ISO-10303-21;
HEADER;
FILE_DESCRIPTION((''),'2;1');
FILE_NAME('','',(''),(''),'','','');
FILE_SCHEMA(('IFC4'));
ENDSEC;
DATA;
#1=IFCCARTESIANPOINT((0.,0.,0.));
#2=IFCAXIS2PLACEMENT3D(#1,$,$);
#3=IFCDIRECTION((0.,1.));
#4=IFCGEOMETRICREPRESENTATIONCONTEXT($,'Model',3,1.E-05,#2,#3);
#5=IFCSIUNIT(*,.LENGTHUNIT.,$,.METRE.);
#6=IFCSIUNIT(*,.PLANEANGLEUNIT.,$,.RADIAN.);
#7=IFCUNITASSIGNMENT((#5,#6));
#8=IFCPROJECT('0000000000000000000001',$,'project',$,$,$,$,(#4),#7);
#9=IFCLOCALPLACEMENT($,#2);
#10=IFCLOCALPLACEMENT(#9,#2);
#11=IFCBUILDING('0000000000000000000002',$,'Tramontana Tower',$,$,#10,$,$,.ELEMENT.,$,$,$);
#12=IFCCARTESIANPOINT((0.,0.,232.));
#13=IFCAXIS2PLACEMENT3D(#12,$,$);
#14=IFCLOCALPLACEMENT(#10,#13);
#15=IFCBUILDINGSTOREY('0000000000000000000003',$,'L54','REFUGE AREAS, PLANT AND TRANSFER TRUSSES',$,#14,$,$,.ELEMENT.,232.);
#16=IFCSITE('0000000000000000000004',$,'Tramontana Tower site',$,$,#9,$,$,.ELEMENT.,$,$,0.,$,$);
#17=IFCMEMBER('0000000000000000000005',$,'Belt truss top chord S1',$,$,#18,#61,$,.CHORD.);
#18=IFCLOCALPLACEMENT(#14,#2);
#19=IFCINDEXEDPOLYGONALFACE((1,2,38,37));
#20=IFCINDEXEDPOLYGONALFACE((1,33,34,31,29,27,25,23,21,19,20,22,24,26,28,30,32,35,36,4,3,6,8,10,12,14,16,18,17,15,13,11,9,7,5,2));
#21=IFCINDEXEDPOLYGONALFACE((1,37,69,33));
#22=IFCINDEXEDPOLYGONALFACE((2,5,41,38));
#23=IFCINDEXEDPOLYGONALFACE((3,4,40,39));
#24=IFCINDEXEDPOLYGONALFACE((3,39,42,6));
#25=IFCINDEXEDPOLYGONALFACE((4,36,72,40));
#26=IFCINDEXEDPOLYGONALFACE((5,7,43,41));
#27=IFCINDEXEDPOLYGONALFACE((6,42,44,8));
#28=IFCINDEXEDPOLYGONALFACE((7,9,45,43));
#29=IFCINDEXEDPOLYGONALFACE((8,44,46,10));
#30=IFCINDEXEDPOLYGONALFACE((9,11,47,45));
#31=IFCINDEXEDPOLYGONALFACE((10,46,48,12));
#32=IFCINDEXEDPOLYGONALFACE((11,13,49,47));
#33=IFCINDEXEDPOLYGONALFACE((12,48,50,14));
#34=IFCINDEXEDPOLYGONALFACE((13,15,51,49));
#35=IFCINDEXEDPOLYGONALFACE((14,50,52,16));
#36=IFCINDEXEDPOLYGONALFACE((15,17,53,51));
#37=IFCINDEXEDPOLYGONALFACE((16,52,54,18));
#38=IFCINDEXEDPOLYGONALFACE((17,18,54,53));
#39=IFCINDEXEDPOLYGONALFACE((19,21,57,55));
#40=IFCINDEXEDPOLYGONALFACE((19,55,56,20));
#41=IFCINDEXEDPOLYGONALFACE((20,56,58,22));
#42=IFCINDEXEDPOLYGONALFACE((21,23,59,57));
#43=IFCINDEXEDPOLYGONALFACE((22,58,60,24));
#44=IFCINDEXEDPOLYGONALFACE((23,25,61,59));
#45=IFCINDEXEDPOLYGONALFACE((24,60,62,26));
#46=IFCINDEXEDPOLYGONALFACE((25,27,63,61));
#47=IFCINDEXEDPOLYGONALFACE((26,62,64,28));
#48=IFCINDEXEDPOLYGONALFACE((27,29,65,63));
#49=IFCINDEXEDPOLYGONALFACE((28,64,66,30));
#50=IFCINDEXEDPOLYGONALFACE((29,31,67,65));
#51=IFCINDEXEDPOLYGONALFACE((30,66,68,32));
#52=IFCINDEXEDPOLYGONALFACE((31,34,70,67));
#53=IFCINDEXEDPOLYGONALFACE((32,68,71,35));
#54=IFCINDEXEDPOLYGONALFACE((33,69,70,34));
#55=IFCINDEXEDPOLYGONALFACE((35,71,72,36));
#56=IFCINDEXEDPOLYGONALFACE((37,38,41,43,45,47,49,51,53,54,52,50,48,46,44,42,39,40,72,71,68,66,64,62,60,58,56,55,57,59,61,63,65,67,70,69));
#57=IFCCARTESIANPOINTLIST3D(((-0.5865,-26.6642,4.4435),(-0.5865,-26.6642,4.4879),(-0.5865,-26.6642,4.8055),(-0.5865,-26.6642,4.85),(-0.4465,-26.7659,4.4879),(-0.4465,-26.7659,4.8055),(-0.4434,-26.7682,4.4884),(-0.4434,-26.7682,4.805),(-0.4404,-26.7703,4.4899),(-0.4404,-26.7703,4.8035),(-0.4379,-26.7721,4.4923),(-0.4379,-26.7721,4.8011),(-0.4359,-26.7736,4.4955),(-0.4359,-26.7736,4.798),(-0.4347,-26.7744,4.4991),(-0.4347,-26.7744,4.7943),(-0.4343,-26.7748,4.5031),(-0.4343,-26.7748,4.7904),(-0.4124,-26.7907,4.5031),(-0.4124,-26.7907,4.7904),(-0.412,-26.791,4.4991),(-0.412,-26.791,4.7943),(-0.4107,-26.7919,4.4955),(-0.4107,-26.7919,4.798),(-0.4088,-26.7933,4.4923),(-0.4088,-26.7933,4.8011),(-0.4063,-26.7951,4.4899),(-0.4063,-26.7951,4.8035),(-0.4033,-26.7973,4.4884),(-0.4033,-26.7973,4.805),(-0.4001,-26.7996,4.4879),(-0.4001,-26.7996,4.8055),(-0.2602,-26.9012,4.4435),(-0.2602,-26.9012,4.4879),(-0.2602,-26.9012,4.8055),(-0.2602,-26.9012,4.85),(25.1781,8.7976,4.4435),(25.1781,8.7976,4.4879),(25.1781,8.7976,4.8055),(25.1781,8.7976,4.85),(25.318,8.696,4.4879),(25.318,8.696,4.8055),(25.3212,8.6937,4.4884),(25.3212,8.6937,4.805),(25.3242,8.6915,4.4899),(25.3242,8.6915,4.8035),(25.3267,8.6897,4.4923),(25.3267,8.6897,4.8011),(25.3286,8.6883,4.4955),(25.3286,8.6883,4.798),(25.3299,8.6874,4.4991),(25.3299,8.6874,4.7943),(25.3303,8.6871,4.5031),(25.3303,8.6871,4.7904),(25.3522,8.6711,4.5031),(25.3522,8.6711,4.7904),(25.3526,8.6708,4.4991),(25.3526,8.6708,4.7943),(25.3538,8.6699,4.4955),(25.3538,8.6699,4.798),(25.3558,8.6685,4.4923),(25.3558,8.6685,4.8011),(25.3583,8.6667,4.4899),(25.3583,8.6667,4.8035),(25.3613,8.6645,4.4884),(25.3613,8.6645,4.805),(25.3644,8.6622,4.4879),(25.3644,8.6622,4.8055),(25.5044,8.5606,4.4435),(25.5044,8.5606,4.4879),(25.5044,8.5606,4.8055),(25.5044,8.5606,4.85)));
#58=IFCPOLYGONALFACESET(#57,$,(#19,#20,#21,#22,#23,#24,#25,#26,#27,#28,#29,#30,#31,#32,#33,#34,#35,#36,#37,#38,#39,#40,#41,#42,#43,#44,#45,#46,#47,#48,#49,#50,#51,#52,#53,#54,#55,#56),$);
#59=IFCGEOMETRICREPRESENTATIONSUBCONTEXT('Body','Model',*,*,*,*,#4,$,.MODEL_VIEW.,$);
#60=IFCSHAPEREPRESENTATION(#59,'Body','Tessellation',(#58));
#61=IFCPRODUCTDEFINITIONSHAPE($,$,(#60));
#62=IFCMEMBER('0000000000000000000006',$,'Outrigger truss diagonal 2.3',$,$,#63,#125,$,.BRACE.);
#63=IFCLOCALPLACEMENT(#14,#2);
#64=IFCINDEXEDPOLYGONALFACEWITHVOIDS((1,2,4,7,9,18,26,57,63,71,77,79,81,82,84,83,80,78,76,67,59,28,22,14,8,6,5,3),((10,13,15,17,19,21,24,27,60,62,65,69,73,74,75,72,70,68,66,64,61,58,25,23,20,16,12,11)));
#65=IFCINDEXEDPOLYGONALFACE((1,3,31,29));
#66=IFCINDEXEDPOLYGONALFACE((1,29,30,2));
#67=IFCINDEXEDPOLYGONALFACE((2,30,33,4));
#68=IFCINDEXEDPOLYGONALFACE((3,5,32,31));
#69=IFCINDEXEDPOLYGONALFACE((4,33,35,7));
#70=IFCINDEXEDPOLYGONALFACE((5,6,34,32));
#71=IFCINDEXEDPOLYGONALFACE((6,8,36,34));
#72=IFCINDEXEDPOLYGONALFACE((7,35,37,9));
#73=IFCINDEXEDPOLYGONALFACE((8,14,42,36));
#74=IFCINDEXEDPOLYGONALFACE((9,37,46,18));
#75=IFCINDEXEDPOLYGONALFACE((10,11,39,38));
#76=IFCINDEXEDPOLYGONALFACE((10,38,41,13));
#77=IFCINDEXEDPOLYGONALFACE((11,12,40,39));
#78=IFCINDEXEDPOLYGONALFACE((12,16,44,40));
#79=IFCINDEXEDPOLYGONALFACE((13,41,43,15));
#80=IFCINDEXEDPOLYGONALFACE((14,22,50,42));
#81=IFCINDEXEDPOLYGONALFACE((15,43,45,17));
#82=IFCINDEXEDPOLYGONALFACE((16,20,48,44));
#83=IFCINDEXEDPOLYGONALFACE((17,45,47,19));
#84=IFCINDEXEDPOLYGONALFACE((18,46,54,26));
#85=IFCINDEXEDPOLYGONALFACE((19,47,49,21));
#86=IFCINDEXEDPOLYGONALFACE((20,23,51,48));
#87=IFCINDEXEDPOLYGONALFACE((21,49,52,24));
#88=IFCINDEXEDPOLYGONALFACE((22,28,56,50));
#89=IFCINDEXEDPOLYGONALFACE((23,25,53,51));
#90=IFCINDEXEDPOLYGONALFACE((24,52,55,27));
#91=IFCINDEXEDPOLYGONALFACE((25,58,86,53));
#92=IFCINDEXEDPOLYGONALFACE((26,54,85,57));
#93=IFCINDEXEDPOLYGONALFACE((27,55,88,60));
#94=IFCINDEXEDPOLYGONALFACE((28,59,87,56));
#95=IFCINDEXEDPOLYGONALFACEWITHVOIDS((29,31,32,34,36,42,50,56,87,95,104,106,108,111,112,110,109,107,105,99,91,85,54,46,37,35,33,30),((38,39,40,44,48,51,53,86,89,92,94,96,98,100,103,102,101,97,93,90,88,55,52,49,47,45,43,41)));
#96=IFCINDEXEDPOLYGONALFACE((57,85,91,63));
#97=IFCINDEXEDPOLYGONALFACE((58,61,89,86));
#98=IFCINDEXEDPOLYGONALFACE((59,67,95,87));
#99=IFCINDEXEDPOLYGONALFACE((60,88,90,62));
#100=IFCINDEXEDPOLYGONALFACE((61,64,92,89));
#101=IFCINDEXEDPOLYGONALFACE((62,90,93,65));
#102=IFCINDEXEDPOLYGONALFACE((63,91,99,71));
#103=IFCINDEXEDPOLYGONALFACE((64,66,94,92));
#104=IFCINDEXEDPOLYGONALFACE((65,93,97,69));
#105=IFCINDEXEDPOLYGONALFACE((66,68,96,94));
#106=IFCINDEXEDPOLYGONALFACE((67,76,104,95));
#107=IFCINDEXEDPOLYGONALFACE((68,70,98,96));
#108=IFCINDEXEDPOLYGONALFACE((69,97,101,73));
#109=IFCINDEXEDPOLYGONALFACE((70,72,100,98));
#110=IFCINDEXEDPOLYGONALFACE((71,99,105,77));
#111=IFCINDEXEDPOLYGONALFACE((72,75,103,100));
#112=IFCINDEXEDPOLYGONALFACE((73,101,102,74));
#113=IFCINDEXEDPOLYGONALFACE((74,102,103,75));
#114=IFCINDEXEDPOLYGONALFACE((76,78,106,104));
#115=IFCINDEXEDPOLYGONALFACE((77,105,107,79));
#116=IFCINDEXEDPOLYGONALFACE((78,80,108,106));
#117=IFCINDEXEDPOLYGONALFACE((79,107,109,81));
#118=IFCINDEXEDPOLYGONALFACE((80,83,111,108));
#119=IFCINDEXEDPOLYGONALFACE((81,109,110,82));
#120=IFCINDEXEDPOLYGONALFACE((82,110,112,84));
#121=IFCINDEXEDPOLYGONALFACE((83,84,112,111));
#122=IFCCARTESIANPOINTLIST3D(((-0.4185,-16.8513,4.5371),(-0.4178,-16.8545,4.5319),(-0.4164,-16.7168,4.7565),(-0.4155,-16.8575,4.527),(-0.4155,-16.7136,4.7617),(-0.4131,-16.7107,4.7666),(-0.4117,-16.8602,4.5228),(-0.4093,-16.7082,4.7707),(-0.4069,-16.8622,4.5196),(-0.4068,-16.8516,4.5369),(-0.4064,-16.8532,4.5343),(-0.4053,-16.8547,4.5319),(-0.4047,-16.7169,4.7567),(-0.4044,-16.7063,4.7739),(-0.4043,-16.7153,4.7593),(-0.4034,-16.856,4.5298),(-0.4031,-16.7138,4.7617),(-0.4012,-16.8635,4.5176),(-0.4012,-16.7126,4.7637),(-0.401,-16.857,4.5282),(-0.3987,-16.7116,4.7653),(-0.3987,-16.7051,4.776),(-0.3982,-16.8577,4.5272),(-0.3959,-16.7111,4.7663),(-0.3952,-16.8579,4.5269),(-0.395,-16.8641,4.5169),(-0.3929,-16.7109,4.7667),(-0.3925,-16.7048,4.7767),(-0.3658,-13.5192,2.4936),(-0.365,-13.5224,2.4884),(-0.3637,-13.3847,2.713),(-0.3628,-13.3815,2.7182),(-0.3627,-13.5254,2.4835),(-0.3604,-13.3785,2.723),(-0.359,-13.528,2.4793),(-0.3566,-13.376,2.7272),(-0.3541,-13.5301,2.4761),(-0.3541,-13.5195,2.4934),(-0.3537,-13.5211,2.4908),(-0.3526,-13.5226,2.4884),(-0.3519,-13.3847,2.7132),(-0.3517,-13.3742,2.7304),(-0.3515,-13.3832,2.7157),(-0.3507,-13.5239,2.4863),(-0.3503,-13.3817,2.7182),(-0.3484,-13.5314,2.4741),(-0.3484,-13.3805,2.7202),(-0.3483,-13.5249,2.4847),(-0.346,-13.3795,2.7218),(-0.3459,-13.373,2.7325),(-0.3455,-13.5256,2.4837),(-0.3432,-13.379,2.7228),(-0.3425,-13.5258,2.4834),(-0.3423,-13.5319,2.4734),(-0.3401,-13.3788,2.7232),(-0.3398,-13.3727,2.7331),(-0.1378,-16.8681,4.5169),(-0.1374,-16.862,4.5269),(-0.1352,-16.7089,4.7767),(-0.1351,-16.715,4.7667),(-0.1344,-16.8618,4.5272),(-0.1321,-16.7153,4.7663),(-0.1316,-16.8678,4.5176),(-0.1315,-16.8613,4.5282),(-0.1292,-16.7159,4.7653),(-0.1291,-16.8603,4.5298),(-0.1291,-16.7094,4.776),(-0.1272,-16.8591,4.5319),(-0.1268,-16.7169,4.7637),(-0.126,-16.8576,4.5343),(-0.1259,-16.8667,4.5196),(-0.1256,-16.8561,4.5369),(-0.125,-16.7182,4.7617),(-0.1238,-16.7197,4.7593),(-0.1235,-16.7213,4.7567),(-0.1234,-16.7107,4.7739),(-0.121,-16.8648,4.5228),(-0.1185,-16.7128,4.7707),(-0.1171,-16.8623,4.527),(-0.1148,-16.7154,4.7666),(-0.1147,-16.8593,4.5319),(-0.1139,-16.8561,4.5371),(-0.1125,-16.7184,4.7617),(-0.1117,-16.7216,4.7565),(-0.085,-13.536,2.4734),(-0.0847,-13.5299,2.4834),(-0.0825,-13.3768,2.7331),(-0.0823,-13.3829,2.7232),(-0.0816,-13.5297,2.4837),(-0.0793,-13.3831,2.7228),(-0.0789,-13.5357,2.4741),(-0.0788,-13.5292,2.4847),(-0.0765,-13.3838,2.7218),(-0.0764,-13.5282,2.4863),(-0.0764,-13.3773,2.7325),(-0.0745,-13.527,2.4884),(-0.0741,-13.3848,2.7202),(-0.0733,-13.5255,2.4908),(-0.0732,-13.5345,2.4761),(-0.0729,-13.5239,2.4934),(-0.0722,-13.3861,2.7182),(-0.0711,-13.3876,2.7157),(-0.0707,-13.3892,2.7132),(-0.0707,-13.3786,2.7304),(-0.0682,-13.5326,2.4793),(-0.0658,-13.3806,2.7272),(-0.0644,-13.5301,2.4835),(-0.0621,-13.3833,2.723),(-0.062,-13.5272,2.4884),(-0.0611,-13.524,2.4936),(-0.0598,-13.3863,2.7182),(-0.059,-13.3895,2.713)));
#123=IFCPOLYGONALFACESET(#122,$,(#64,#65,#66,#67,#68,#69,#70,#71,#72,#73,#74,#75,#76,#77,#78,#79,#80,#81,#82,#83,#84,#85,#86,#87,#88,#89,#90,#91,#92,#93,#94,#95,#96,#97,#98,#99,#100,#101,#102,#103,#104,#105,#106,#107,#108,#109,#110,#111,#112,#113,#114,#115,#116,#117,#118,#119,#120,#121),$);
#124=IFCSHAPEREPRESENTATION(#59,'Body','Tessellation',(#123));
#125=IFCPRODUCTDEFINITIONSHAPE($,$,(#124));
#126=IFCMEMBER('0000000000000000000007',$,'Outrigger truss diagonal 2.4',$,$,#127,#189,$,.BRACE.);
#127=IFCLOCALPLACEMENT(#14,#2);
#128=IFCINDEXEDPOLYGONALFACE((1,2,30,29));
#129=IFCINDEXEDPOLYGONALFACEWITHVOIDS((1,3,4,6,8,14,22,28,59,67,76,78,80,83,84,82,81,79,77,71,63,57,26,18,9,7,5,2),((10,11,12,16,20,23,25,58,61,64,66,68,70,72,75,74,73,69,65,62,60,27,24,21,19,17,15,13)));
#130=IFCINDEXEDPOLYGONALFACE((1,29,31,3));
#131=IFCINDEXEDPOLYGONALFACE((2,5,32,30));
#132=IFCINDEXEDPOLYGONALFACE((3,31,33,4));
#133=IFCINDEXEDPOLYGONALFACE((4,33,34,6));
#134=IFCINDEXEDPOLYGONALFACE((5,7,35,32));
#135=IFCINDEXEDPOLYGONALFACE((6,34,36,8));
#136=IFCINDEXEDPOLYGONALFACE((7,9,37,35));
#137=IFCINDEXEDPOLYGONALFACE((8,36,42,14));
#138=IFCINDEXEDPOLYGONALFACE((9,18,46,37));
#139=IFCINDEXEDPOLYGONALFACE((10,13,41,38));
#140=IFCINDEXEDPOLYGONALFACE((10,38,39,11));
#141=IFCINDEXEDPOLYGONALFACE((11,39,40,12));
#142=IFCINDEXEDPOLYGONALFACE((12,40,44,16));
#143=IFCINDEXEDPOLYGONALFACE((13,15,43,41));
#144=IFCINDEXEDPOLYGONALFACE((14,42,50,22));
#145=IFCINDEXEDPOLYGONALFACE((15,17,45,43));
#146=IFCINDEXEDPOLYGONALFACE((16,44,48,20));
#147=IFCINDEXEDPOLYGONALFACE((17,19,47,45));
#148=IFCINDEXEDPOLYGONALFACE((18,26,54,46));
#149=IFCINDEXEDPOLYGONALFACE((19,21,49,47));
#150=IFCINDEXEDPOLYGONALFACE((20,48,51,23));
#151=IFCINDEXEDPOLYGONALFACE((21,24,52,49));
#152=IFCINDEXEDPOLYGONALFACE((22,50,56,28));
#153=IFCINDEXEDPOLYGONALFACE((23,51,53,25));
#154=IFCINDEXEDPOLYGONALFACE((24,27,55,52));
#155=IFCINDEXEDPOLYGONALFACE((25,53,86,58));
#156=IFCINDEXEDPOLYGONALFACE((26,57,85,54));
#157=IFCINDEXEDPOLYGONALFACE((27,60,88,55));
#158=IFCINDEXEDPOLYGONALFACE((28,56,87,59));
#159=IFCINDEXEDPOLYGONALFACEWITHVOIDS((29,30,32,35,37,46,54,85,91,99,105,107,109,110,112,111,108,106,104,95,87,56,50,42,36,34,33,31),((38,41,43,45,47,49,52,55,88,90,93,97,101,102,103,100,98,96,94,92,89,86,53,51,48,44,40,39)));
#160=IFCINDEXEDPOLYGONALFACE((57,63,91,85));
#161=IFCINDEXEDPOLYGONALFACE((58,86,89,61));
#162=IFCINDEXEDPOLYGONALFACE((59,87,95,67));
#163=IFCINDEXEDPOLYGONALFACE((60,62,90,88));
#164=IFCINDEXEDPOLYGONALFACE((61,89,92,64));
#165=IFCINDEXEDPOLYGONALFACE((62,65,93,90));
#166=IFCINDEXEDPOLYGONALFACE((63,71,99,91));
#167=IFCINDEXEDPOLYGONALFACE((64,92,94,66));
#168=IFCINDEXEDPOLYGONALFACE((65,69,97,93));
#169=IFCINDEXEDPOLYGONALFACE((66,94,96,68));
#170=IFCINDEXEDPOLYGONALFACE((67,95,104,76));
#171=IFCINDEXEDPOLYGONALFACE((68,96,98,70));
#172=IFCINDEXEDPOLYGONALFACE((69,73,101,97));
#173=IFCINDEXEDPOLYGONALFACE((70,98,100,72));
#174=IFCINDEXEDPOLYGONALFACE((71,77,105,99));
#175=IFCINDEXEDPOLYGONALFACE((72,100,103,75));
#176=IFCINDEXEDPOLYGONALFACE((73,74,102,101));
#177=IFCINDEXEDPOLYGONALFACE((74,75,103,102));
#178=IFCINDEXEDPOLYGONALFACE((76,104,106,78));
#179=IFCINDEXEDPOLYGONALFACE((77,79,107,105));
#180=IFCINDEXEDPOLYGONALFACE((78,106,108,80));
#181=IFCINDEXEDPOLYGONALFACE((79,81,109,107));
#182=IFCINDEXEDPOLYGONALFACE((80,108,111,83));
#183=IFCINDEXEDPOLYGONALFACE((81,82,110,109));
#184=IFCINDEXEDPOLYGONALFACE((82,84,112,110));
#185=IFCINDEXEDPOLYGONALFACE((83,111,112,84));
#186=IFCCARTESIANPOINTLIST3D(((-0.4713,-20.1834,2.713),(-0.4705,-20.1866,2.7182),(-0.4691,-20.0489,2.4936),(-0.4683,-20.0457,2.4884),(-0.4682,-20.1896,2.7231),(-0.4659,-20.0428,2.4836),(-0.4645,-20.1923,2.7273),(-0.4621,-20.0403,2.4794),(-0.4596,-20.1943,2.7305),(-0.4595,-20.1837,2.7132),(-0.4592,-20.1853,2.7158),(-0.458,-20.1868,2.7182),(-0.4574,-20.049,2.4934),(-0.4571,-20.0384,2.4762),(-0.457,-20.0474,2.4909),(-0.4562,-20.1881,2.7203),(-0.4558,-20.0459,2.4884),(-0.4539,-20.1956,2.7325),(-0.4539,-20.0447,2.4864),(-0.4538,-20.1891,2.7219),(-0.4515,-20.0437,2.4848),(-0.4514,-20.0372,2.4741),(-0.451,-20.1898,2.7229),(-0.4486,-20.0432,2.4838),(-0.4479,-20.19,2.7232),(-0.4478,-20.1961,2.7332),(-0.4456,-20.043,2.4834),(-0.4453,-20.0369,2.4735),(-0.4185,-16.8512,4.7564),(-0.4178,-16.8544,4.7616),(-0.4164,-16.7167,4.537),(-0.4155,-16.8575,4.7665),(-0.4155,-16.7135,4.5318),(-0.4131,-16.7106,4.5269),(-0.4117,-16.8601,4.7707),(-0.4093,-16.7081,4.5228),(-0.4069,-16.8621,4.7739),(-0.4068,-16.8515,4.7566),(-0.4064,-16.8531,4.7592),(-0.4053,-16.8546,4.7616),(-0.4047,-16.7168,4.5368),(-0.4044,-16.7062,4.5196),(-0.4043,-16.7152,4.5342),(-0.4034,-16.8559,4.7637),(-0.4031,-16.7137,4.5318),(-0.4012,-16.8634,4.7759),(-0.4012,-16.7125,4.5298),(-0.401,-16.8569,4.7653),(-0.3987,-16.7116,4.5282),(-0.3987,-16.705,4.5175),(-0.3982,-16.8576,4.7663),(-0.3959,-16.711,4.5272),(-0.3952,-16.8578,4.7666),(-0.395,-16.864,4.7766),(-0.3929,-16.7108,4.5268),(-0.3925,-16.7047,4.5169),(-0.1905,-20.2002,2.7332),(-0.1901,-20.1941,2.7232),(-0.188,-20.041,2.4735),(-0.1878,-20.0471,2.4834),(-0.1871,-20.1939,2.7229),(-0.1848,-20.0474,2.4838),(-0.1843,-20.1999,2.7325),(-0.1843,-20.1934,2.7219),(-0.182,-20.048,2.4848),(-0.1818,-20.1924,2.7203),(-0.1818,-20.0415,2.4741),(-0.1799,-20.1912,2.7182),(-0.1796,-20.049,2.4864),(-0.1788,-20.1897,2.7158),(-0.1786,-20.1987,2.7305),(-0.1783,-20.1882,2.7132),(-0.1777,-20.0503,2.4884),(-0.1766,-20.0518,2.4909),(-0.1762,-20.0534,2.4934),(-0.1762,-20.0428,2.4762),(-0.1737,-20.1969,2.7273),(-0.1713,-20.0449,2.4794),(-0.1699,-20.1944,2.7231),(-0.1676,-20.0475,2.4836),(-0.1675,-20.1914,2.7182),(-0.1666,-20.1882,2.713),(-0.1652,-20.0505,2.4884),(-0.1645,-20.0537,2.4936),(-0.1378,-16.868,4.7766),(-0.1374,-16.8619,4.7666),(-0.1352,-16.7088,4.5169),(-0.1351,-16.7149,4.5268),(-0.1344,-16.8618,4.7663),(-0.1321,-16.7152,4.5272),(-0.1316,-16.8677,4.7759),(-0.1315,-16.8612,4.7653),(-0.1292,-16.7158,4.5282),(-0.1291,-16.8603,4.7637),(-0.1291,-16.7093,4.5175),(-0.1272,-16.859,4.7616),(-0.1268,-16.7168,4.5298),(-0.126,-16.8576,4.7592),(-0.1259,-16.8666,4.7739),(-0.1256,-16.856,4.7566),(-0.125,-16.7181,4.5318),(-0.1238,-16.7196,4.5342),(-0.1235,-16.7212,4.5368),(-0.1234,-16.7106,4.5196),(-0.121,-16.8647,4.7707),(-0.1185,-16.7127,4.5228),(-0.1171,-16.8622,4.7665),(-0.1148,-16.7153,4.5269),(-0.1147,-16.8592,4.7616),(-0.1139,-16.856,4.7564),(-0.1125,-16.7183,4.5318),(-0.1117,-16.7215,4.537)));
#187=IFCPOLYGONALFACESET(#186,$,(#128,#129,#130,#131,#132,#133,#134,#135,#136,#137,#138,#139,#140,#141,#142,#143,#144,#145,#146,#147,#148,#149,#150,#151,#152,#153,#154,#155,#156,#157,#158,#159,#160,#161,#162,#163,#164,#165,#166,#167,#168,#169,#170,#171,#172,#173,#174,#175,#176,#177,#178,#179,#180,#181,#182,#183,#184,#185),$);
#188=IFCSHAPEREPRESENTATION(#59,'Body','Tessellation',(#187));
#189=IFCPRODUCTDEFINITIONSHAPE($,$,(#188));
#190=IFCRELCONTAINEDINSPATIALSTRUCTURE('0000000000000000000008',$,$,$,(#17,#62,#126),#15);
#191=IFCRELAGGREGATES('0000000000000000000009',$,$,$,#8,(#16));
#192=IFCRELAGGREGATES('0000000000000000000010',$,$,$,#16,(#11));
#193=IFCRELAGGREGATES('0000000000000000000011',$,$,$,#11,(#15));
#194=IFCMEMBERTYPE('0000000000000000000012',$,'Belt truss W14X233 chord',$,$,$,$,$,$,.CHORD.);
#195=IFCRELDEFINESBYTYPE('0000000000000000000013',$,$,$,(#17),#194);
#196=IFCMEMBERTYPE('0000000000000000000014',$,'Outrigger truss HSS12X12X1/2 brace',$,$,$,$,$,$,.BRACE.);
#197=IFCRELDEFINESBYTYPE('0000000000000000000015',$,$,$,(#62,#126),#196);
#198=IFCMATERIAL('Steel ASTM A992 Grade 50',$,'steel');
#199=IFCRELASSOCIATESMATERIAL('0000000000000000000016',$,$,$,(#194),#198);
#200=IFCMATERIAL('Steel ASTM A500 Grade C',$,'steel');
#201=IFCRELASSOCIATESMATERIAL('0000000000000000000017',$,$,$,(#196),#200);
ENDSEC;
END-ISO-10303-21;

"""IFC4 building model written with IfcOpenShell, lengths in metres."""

from ifc_helpers import new_model, si_unit, direction, frame, origin, origin_2d, place, context, subcontext, project, spatial, hollow_rectangle, i_section, extrude, material, material_profile, profile_set, type_object, element, save


model = new_model("IFC4")

# Units and contexts
model_context = context("Model", 3, precision=1e-05, world=origin(), true_north=direction((0.0, 1.0)))
body_context = subcontext(model_context, "Body", "Model", "MODEL_VIEW")
ifc_project = project(units=[si_unit("LENGTHUNIT", "METRE"), si_unit("PLANEANGLEUNIT", "RADIAN")], contexts=[model_context])

# Site, building, storey
site_placement = place(None, origin())
site = spatial("IfcSite", under=ifc_project, at=site_placement, Name="Tramontana Tower site", CompositionType="ELEMENT", RefElevation=0.0)
building_placement = place(site_placement, origin())
building = spatial("IfcBuilding", under=site, at=building_placement, Name="Tramontana Tower", CompositionType="ELEMENT")
storey_placement = place(building_placement, frame((0.0, 0.0, 232.0)))
storey = spatial("IfcBuildingStorey", under=building, at=storey_placement, Name="L54", Description="REFUGE AREAS, PLANT AND TRANSFER TRUSSES", CompositionType="ELEMENT", Elevation=232.0)

# Members
ifc_material_1 = material(Name="Steel ASTM A992 Grade 50", Category="steel")
ifc_material_profile_1 = material_profile(ifc_material_1, i_section(OverallWidth=0.4033, OverallDepth=0.4065, WebThickness=0.0271, FlangeThickness=0.0444, FilletRadius=0.0151, at=origin_2d()), Name="W14X233")
ifc_profile_set_1 = profile_set([ifc_material_profile_1], Name="Steel ASTM A992 Grade 50")
member_type_1 = type_object("IfcMemberType", Name="Belt truss W14X233 chord", PredefinedType="CHORD", material=ifc_profile_set_1)
for number, where, z_axis, x_axis, name in (
    (1, (-0.4233, -26.7827, 4.6467), (0.587786, 0.809016, 0.0), (-0.809016, 0.587786, 0.0), "Belt truss top chord S1"),
):
    element("IfcMember", number, at=place(storey_placement, frame(where, z_axis=z_axis, x_axis=x_axis)), inside=storey, type_object=member_type_1, Name=name, PredefinedType="CHORD", context=body_context, shape_type="SweptSolid", body=[
        extrude(i_section(OverallWidth=0.4033, OverallDepth=0.4065, WebThickness=0.0271, FlangeThickness=0.0444, FilletRadius=0.0151, at=origin_2d()), origin(), (0.0, 0.0, 1.0), 43.8333),
    ])
ifc_material_2 = material(Name="Steel ASTM A500 Grade C", Category="steel")
ifc_material_profile_2 = material_profile(ifc_material_2, hollow_rectangle(XDim=0.3047, YDim=0.3047, WallThickness=0.0117, InnerFilletRadius=0.0117, OuterFilletRadius=0.0237, at=origin_2d()), Name="HSS12X12X1/2")
ifc_profile_set_2 = profile_set([ifc_material_profile_2], Name="Steel ASTM A500 Grade C")
member_type_2 = type_object("IfcMemberType", Name="Outrigger truss HSS12X12X1/2 brace", PredefinedType="BRACE", material=ifc_profile_set_2)
for number, where, z_axis, x_axis, name in (
    (2, (-0.2124, -13.4543, 2.6033), (-0.01349, -0.852382, 0.522746), (0.999875, -0.015825, 0.0), "Outrigger truss diagonal 2.3"),
    (3, (-0.2651, -16.7864, 4.6467), (-0.013489, -0.852399, -0.522718), (0.999875, -0.015823, 0.0), "Outrigger truss diagonal 2.4"),
):
    element("IfcMember", number, at=place(storey_placement, frame(where, z_axis=z_axis, x_axis=x_axis)), inside=storey, type_object=member_type_2, Name=name, PredefinedType="BRACE", context=body_context, shape_type="SweptSolid", body=[
        extrude(hollow_rectangle(XDim=0.3047, YDim=0.3047, WallThickness=0.0117, InnerFilletRadius=0.0117, OuterFilletRadius=0.0237, at=origin_2d()), origin(), (0.0, 0.0, 1.0), 3.9092),
    ])

save(model, "model.ifc")
